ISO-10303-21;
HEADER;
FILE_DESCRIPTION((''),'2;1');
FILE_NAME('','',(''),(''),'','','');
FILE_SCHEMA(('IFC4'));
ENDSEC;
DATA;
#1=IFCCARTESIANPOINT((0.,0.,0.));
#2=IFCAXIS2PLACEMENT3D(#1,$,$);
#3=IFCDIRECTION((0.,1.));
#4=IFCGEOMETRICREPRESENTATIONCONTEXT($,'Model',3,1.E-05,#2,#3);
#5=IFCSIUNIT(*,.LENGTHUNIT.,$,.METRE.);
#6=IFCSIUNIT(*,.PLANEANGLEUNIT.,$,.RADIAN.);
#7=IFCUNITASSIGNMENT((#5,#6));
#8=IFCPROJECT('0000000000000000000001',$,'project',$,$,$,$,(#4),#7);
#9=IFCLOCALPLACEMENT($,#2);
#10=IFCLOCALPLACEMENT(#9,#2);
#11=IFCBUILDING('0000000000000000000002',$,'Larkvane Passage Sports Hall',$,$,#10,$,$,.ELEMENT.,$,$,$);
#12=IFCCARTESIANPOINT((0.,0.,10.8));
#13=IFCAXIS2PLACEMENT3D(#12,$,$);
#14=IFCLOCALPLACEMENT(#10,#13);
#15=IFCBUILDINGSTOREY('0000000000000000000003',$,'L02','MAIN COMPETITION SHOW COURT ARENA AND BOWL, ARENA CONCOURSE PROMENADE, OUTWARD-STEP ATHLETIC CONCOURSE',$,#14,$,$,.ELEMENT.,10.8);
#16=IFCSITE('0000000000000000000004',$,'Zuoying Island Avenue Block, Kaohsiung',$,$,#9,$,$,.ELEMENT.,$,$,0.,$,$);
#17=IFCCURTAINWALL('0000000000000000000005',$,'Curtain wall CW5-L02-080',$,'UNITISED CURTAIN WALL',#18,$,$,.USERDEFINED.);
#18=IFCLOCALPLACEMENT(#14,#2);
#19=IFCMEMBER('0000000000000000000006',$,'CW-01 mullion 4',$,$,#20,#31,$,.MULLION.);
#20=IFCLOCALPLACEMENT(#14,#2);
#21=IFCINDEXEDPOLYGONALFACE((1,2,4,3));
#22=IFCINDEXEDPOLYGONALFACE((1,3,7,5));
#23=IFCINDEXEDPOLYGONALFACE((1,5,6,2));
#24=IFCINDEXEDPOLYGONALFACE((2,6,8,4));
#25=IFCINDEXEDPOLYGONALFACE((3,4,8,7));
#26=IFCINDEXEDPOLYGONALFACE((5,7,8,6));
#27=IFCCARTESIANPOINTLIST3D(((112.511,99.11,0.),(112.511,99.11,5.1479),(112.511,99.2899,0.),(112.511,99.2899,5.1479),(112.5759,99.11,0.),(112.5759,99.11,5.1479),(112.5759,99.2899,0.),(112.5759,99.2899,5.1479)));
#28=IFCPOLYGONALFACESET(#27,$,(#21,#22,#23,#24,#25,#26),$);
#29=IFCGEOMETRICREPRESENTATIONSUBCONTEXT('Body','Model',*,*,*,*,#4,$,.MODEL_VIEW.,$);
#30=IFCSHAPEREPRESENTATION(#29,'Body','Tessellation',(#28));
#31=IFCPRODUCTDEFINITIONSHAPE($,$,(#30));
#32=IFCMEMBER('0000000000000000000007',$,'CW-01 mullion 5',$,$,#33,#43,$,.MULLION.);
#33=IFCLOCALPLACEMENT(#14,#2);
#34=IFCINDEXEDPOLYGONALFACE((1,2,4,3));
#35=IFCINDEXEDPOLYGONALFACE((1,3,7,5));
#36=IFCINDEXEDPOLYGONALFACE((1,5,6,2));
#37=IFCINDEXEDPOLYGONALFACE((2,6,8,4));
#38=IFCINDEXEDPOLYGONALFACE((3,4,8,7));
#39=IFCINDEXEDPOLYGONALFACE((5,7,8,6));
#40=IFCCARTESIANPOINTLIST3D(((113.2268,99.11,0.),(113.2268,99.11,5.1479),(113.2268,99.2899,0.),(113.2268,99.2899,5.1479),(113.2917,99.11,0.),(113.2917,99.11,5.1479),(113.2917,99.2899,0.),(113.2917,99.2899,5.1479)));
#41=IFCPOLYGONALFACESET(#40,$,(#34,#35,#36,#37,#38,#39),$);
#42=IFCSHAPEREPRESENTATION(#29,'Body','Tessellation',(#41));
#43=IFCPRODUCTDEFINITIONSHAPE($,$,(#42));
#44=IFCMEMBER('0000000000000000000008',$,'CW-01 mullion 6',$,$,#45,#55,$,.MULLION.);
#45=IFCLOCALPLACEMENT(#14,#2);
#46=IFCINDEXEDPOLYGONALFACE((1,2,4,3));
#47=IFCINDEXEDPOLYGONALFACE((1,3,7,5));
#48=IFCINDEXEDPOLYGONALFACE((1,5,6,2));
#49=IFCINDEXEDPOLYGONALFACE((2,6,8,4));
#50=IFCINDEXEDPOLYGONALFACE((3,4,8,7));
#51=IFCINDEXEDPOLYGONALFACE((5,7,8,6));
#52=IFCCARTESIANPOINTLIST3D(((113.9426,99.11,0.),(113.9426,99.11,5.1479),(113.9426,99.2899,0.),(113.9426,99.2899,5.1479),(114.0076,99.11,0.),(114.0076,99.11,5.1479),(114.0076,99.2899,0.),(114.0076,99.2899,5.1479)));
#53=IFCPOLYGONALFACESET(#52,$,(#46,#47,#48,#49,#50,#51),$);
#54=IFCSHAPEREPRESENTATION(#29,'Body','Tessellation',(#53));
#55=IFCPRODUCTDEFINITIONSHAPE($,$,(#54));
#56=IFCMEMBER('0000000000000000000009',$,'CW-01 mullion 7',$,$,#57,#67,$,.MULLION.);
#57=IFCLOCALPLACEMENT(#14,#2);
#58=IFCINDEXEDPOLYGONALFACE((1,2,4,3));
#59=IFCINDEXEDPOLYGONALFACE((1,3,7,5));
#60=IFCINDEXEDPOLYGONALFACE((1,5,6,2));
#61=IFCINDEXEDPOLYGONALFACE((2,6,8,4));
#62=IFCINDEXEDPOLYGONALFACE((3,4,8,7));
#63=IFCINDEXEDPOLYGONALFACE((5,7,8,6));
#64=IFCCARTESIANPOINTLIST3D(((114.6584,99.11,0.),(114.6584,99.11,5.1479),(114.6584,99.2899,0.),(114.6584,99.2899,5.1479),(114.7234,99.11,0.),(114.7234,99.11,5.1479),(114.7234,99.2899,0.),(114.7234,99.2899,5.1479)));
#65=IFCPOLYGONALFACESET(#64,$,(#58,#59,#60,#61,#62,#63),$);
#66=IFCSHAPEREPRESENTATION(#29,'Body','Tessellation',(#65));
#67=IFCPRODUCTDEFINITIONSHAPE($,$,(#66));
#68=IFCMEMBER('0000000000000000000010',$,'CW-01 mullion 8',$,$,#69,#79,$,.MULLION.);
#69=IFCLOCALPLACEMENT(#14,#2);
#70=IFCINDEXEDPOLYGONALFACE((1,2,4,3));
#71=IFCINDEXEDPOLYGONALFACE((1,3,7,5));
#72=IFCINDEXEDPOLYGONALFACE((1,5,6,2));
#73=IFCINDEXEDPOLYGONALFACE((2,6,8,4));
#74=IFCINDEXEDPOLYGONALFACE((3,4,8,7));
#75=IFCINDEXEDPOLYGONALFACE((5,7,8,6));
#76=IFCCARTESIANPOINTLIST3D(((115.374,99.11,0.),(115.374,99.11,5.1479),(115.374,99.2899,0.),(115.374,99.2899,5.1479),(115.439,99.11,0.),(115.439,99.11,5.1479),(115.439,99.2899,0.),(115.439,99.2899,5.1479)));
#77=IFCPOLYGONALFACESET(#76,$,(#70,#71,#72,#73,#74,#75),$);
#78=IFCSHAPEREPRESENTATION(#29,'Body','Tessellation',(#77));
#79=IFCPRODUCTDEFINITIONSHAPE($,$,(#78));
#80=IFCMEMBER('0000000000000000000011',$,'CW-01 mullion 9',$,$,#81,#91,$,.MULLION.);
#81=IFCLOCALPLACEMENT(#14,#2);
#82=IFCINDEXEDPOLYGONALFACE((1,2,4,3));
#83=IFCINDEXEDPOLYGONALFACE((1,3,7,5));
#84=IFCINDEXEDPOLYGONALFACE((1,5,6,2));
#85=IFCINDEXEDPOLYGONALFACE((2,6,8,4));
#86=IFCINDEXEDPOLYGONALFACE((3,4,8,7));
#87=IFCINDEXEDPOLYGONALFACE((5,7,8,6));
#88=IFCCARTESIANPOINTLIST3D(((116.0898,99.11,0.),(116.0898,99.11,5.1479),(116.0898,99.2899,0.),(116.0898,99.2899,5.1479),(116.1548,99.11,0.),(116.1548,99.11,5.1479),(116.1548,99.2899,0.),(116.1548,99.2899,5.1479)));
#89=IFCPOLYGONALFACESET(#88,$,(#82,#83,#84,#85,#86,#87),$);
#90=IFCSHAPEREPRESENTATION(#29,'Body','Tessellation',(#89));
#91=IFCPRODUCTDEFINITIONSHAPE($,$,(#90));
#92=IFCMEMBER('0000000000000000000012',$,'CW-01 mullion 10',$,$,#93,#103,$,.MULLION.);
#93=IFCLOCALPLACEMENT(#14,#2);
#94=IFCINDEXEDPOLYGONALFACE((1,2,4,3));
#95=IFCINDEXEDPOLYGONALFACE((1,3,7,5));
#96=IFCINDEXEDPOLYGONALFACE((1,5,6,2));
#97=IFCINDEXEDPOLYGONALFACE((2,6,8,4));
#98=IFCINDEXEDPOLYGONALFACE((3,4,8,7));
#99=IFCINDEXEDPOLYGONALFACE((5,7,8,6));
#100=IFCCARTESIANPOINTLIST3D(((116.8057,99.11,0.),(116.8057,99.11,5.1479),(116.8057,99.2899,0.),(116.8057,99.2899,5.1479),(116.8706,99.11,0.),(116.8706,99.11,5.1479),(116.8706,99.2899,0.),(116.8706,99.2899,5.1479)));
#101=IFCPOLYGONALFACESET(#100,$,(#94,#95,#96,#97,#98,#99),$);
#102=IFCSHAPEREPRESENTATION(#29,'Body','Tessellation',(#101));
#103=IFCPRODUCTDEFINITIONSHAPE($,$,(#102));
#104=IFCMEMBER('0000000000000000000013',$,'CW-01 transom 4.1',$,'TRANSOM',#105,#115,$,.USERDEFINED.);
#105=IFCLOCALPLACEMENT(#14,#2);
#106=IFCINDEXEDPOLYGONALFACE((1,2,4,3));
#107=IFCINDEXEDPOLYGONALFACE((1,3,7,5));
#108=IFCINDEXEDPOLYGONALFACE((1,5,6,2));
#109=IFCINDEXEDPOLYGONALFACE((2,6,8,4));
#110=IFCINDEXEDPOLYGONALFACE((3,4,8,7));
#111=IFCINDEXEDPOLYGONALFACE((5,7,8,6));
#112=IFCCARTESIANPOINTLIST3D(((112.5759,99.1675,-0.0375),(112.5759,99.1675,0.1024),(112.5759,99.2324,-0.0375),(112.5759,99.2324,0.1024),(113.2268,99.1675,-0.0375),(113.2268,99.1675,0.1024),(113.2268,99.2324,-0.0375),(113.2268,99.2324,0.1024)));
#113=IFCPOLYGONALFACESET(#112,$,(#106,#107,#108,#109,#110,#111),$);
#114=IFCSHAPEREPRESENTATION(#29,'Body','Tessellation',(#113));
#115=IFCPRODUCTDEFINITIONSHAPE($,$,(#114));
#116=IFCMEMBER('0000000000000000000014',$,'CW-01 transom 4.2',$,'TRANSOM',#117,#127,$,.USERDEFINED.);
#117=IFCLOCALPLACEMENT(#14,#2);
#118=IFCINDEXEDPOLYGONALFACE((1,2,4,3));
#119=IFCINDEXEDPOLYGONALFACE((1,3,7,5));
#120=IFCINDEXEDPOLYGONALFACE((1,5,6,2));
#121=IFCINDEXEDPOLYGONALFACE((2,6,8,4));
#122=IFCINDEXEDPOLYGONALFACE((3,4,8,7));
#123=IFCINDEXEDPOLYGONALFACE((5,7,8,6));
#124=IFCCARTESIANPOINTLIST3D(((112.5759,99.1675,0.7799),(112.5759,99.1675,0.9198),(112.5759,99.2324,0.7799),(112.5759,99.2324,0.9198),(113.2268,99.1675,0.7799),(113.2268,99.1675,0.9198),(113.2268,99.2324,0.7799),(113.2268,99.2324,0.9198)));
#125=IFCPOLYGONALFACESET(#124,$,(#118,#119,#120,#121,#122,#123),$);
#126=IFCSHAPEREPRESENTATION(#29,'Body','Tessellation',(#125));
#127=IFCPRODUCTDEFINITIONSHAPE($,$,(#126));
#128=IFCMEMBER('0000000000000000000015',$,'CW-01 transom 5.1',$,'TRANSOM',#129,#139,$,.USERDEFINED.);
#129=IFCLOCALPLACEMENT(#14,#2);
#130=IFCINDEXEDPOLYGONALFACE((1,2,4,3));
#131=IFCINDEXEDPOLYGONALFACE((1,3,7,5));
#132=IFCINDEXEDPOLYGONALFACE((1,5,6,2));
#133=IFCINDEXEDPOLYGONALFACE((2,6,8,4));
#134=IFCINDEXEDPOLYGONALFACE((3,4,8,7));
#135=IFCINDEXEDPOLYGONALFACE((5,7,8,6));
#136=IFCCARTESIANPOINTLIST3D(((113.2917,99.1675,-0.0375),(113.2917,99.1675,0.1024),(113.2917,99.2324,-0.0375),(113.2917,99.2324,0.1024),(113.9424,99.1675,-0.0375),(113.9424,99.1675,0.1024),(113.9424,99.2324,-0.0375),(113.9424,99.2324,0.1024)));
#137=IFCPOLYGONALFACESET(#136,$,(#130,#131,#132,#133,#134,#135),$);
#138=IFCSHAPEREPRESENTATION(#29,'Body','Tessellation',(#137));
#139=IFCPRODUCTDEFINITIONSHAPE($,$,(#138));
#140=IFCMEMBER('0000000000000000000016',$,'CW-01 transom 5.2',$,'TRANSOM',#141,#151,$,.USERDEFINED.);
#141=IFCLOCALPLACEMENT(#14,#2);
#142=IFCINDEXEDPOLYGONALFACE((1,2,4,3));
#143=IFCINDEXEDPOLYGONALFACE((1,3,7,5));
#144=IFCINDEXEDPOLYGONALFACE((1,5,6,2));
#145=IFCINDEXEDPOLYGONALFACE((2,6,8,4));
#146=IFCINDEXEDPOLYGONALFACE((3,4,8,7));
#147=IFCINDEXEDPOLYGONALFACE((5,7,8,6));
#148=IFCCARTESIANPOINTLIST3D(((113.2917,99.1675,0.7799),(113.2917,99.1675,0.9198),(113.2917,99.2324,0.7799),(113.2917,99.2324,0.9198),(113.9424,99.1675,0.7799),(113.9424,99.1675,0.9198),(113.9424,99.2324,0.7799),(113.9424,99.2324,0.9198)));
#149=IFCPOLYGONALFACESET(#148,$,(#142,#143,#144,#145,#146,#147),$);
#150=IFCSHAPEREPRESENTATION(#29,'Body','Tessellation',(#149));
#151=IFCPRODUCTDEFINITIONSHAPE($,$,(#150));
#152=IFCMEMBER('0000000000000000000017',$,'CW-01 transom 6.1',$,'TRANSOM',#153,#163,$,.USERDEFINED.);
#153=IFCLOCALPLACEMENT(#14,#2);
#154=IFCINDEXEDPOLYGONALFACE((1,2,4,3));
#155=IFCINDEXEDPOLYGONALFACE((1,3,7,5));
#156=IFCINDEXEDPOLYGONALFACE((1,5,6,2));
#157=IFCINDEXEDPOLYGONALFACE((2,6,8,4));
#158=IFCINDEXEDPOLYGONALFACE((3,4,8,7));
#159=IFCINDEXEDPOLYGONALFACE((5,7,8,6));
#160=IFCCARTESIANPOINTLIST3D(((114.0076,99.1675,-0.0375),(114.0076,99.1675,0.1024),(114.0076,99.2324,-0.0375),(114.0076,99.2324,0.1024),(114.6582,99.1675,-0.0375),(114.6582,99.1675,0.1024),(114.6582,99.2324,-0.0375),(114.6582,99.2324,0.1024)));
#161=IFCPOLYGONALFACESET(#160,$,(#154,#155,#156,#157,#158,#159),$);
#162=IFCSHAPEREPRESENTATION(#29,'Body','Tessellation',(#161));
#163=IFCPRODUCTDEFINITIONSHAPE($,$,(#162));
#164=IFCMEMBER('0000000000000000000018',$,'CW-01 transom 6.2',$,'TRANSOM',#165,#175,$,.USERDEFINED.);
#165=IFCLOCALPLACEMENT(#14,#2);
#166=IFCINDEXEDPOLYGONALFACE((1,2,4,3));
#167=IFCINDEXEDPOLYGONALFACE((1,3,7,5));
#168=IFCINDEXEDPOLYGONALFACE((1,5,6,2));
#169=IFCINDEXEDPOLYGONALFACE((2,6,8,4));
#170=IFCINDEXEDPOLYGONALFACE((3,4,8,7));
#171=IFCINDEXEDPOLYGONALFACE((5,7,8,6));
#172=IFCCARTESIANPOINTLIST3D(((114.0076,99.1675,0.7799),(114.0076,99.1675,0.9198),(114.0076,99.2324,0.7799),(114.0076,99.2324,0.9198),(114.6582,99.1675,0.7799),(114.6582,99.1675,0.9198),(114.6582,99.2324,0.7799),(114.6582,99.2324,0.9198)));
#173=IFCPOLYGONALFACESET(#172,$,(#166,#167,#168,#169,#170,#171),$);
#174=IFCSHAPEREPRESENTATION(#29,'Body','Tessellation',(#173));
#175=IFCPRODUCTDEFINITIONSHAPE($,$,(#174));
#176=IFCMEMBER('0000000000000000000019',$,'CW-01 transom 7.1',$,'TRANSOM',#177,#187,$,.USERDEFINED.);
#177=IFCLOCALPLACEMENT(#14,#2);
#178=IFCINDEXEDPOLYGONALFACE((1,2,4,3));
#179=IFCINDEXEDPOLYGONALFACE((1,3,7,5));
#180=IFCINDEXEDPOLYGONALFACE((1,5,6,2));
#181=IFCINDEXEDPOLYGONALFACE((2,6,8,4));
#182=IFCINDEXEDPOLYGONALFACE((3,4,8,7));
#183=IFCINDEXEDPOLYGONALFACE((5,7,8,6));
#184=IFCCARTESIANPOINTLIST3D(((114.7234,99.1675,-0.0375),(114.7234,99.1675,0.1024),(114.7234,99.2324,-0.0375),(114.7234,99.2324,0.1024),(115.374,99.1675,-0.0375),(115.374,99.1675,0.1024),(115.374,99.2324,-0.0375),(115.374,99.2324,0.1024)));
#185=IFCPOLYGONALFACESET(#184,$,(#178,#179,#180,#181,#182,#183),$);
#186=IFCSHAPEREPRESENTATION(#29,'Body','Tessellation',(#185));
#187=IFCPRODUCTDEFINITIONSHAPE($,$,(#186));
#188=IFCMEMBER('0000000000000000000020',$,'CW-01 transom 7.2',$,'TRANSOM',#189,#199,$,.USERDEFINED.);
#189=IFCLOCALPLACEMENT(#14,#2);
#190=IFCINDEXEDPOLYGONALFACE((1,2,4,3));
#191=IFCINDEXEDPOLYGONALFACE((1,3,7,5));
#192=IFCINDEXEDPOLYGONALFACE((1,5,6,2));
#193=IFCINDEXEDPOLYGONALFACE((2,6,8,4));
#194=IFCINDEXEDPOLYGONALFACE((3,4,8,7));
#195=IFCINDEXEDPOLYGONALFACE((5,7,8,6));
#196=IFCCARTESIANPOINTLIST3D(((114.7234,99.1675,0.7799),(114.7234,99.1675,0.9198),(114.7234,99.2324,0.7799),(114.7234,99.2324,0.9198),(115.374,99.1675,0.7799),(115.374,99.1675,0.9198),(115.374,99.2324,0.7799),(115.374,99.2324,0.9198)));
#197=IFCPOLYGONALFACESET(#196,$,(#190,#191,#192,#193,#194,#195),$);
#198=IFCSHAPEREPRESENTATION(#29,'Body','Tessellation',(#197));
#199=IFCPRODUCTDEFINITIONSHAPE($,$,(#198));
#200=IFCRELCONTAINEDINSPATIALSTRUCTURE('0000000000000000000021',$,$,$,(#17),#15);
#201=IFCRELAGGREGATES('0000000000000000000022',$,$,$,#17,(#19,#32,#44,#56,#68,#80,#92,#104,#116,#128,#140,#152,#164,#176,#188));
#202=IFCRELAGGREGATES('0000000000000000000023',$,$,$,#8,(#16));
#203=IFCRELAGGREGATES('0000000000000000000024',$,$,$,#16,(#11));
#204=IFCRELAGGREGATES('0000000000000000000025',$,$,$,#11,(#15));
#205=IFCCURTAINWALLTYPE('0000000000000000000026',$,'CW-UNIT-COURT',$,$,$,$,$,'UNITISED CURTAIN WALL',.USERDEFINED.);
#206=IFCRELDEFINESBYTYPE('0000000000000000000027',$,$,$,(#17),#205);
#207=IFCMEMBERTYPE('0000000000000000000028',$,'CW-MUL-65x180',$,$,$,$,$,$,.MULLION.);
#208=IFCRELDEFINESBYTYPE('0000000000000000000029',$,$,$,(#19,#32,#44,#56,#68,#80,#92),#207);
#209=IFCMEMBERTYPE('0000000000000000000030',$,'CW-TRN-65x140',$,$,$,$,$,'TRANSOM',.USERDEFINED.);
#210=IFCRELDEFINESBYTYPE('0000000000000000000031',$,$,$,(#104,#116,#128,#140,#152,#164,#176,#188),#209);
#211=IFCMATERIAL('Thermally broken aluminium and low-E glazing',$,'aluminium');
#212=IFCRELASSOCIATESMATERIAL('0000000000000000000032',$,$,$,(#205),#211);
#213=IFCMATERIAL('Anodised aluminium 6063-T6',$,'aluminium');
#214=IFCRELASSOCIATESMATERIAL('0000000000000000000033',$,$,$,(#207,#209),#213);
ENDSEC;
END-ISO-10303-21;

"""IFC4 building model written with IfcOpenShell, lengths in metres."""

from ifc_helpers import new_model, si_unit, direction, frame, origin, origin_2d, place, context, subcontext, project, spatial, rectangle, extrude, material, material_profile, profile_set, type_object, element, aggregate, save


model = new_model("IFC4")

# Units and contexts
model_context = context("Model", 3, precision=1e-05, world=origin(), true_north=direction((0.0, 1.0)))
body_context = subcontext(model_context, "Body", "Model", "MODEL_VIEW")
ifc_project = project(units=[si_unit("LENGTHUNIT", "METRE"), si_unit("PLANEANGLEUNIT", "RADIAN")], contexts=[model_context])

# Site, building, storey
site_placement = place(None, origin())
site = spatial("IfcSite", under=ifc_project, at=site_placement, Name="Zuoying Island Avenue Block, Kaohsiung", CompositionType="ELEMENT", RefElevation=0.0)
building_placement = place(site_placement, origin())
building = spatial("IfcBuilding", under=site, at=building_placement, Name="Larkvane Passage Sports Hall", CompositionType="ELEMENT")
storey_placement = place(building_placement, frame((0.0, 0.0, 10.8)))
storey = spatial("IfcBuildingStorey", under=building, at=storey_placement, Name="L02", Description="MAIN COMPETITION SHOW COURT ARENA AND BOWL, ARENA CONCOURSE PROMENADE, OUTWARD-STEP ATHLETIC CONCOURSE", CompositionType="ELEMENT", Elevation=10.8)

# Curtain wall, members
ifc_material_1 = material(Name="Thermally broken aluminium and low-E glazing", Category="aluminium")
curtain_wall_type = type_object("IfcCurtainWallType", Name="CW-UNIT-COURT", ElementType="UNITISED CURTAIN WALL", PredefinedType="USERDEFINED", material=ifc_material_1)
curtain_wall_placement = place(storey_placement, origin())
curtain_wall = element("IfcCurtainWall", 1, at=curtain_wall_placement, inside=storey, type_object=curtain_wall_type, Name="Curtain wall CW5-L02-080", ObjectType="UNITISED CURTAIN WALL", PredefinedType="USERDEFINED")
ifc_material_2 = material(Name="Anodised aluminium 6063-T6", Category="aluminium")
ifc_material_profile_1 = material_profile(ifc_material_2, rectangle(XDim=0.0649, YDim=0.1799, at=origin_2d()), Name="ALU-MUL-65x180")
ifc_profile_set_1 = profile_set([ifc_material_profile_1], Name="Anodised aluminium 6063-T6")
member_type_1 = type_object("IfcMemberType", Name="CW-MUL-65x180", PredefinedType="MULLION", material=ifc_profile_set_1)
member_1_placement = place(storey_placement, frame((112.5435, 99.2, 0.0), z_axis=(0.0, 0.0, 1.0), x_axis=(1.0, 0.0, 0.0)))
member_1 = element("IfcMember", 2, at=member_1_placement, type_object=member_type_1, Name="CW-01 mullion 4", PredefinedType="MULLION", context=body_context, shape_type="SweptSolid", body=[
    extrude(rectangle(XDim=0.0649, YDim=0.1799, at=origin_2d()), origin(), (0.0, 0.0, 1.0), 5.1479),
])
member_2_placement = place(storey_placement, frame((113.2593, 99.2, 0.0), z_axis=(0.0, 0.0, 1.0), x_axis=(1.0, 0.0, 0.0)))
member_2 = element("IfcMember", 3, at=member_2_placement, type_object=member_type_1, Name="CW-01 mullion 5", PredefinedType="MULLION", context=body_context, shape_type="SweptSolid", body=[
    extrude(rectangle(XDim=0.0649, YDim=0.1799, at=origin_2d()), origin(), (0.0, 0.0, 1.0), 5.1479),
])
member_3_placement = place(storey_placement, frame((113.9751, 99.2, 0.0), z_axis=(0.0, 0.0, 1.0), x_axis=(1.0, 0.0, 0.0)))
member_3 = element("IfcMember", 4, at=member_3_placement, type_object=member_type_1, Name="CW-01 mullion 6", PredefinedType="MULLION", context=body_context, shape_type="SweptSolid", body=[
    extrude(rectangle(XDim=0.0649, YDim=0.1799, at=origin_2d()), origin(), (0.0, 0.0, 1.0), 5.1479),
])
member_4_placement = place(storey_placement, frame((114.6909, 99.2, 0.0), z_axis=(0.0, 0.0, 1.0), x_axis=(1.0, 0.0, 0.0)))
member_4 = element("IfcMember", 5, at=member_4_placement, type_object=member_type_1, Name="CW-01 mullion 7", PredefinedType="MULLION", context=body_context, shape_type="SweptSolid", body=[
    extrude(rectangle(XDim=0.0649, YDim=0.1799, at=origin_2d()), origin(), (0.0, 0.0, 1.0), 5.1479),
])
member_5_placement = place(storey_placement, frame((115.4065, 99.2, 0.0), z_axis=(0.0, 0.0, 1.0), x_axis=(1.0, 0.0, 0.0)))
member_5 = element("IfcMember", 6, at=member_5_placement, type_object=member_type_1, Name="CW-01 mullion 8", PredefinedType="MULLION", context=body_context, shape_type="SweptSolid", body=[
    extrude(rectangle(XDim=0.0649, YDim=0.1799, at=origin_2d()), origin(), (0.0, 0.0, 1.0), 5.1479),
])
member_6_placement = place(storey_placement, frame((116.1223, 99.2, 0.0), z_axis=(0.0, 0.0, 1.0), x_axis=(1.0, 0.0, 0.0)))
member_6 = element("IfcMember", 7, at=member_6_placement, type_object=member_type_1, Name="CW-01 mullion 9", PredefinedType="MULLION", context=body_context, shape_type="SweptSolid", body=[
    extrude(rectangle(XDim=0.0649, YDim=0.1799, at=origin_2d()), origin(), (0.0, 0.0, 1.0), 5.1479),
])
member_7_placement = place(storey_placement, frame((116.8381, 99.2, 0.0), z_axis=(0.0, 0.0, 1.0), x_axis=(1.0, 0.0, 0.0)))
member_7 = element("IfcMember", 8, at=member_7_placement, type_object=member_type_1, Name="CW-01 mullion 10", PredefinedType="MULLION", context=body_context, shape_type="SweptSolid", body=[
    extrude(rectangle(XDim=0.0649, YDim=0.1799, at=origin_2d()), origin(), (0.0, 0.0, 1.0), 5.1479),
])
ifc_material_profile_2 = material_profile(ifc_material_2, rectangle(XDim=0.0649, YDim=0.1399, at=origin_2d()), Name="ALU-TRN-65x140")
ifc_profile_set_2 = profile_set([ifc_material_profile_2], Name="Anodised aluminium 6063-T6")
member_type_2 = type_object("IfcMemberType", Name="CW-TRN-65x140", ElementType="TRANSOM", PredefinedType="USERDEFINED", material=ifc_profile_set_2)
member_8_placement = place(storey_placement, frame((112.5759, 99.2, 0.0325), z_axis=(1.0, 0.0, 0.0), x_axis=(0.0, 1.0, 0.0)))
member_8 = element("IfcMember", 9, at=member_8_placement, type_object=member_type_2, Name="CW-01 transom 4.1", ObjectType="TRANSOM", PredefinedType="USERDEFINED", context=body_context, shape_type="SweptSolid", body=[
    extrude(rectangle(XDim=0.0649, YDim=0.1399, at=origin_2d()), origin(), (0.0, 0.0, 1.0), 0.6509),
])
member_9_placement = place(storey_placement, frame((112.5759, 99.2, 0.8499), z_axis=(1.0, 0.0, 0.0), x_axis=(0.0, 1.0, 0.0)))
member_9 = element("IfcMember", 10, at=member_9_placement, type_object=member_type_2, Name="CW-01 transom 4.2", ObjectType="TRANSOM", PredefinedType="USERDEFINED", context=body_context, shape_type="SweptSolid", body=[
    extrude(rectangle(XDim=0.0649, YDim=0.1399, at=origin_2d()), origin(), (0.0, 0.0, 1.0), 0.6509),
])
member_10_placement = place(storey_placement, frame((113.2917, 99.2, 0.0325), z_axis=(1.0, 0.0, 0.0), x_axis=(0.0, 1.0, 0.0)))
member_10 = element("IfcMember", 11, at=member_10_placement, type_object=member_type_2, Name="CW-01 transom 5.1", ObjectType="TRANSOM", PredefinedType="USERDEFINED", context=body_context, shape_type="SweptSolid", body=[
    extrude(rectangle(XDim=0.0649, YDim=0.1399, at=origin_2d()), origin(), (0.0, 0.0, 1.0), 0.6506),
])
member_11_placement = place(storey_placement, frame((113.2917, 99.2, 0.8499), z_axis=(1.0, 0.0, 0.0), x_axis=(0.0, 1.0, 0.0)))
member_11 = element("IfcMember", 12, at=member_11_placement, type_object=member_type_2, Name="CW-01 transom 5.2", ObjectType="TRANSOM", PredefinedType="USERDEFINED", context=body_context, shape_type="SweptSolid", body=[
    extrude(rectangle(XDim=0.0649, YDim=0.1399, at=origin_2d()), origin(), (0.0, 0.0, 1.0), 0.6506),
])
member_12_placement = place(storey_placement, frame((114.0076, 99.2, 0.0325), z_axis=(1.0, 0.0, 0.0), x_axis=(0.0, 1.0, 0.0)))
member_12 = element("IfcMember", 13, at=member_12_placement, type_object=member_type_2, Name="CW-01 transom 6.1", ObjectType="TRANSOM", PredefinedType="USERDEFINED", context=body_context, shape_type="SweptSolid", body=[
    extrude(rectangle(XDim=0.0649, YDim=0.1399, at=origin_2d()), origin(), (0.0, 0.0, 1.0), 0.6506),
])
member_13_placement = place(storey_placement, frame((114.0076, 99.2, 0.8499), z_axis=(1.0, 0.0, 0.0), x_axis=(0.0, 1.0, 0.0)))
member_13 = element("IfcMember", 14, at=member_13_placement, type_object=member_type_2, Name="CW-01 transom 6.2", ObjectType="TRANSOM", PredefinedType="USERDEFINED", context=body_context, shape_type="SweptSolid", body=[
    extrude(rectangle(XDim=0.0649, YDim=0.1399, at=origin_2d()), origin(), (0.0, 0.0, 1.0), 0.6506),
])
member_14_placement = place(storey_placement, frame((114.7234, 99.2, 0.0325), z_axis=(1.0, 0.0, 0.0), x_axis=(0.0, 1.0, 0.0)))
member_14 = element("IfcMember", 15, at=member_14_placement, type_object=member_type_2, Name="CW-01 transom 7.1", ObjectType="TRANSOM", PredefinedType="USERDEFINED", context=body_context, shape_type="SweptSolid", body=[
    extrude(rectangle(XDim=0.0649, YDim=0.1399, at=origin_2d()), origin(), (0.0, 0.0, 1.0), 0.6506),
])
member_15_placement = place(storey_placement, frame((114.7234, 99.2, 0.8499), z_axis=(1.0, 0.0, 0.0), x_axis=(0.0, 1.0, 0.0)))
member_15 = element("IfcMember", 16, at=member_15_placement, type_object=member_type_2, Name="CW-01 transom 7.2", ObjectType="TRANSOM", PredefinedType="USERDEFINED", context=body_context, shape_type="SweptSolid", body=[
    extrude(rectangle(XDim=0.0649, YDim=0.1399, at=origin_2d()), origin(), (0.0, 0.0, 1.0), 0.6506),
])
aggregate(curtain_wall, [member_1, member_2, member_3, member_4, member_5, member_6, member_7, member_8, member_9, member_10, member_11, member_12, member_13, member_14, member_15])

save(model, "model.ifc")
